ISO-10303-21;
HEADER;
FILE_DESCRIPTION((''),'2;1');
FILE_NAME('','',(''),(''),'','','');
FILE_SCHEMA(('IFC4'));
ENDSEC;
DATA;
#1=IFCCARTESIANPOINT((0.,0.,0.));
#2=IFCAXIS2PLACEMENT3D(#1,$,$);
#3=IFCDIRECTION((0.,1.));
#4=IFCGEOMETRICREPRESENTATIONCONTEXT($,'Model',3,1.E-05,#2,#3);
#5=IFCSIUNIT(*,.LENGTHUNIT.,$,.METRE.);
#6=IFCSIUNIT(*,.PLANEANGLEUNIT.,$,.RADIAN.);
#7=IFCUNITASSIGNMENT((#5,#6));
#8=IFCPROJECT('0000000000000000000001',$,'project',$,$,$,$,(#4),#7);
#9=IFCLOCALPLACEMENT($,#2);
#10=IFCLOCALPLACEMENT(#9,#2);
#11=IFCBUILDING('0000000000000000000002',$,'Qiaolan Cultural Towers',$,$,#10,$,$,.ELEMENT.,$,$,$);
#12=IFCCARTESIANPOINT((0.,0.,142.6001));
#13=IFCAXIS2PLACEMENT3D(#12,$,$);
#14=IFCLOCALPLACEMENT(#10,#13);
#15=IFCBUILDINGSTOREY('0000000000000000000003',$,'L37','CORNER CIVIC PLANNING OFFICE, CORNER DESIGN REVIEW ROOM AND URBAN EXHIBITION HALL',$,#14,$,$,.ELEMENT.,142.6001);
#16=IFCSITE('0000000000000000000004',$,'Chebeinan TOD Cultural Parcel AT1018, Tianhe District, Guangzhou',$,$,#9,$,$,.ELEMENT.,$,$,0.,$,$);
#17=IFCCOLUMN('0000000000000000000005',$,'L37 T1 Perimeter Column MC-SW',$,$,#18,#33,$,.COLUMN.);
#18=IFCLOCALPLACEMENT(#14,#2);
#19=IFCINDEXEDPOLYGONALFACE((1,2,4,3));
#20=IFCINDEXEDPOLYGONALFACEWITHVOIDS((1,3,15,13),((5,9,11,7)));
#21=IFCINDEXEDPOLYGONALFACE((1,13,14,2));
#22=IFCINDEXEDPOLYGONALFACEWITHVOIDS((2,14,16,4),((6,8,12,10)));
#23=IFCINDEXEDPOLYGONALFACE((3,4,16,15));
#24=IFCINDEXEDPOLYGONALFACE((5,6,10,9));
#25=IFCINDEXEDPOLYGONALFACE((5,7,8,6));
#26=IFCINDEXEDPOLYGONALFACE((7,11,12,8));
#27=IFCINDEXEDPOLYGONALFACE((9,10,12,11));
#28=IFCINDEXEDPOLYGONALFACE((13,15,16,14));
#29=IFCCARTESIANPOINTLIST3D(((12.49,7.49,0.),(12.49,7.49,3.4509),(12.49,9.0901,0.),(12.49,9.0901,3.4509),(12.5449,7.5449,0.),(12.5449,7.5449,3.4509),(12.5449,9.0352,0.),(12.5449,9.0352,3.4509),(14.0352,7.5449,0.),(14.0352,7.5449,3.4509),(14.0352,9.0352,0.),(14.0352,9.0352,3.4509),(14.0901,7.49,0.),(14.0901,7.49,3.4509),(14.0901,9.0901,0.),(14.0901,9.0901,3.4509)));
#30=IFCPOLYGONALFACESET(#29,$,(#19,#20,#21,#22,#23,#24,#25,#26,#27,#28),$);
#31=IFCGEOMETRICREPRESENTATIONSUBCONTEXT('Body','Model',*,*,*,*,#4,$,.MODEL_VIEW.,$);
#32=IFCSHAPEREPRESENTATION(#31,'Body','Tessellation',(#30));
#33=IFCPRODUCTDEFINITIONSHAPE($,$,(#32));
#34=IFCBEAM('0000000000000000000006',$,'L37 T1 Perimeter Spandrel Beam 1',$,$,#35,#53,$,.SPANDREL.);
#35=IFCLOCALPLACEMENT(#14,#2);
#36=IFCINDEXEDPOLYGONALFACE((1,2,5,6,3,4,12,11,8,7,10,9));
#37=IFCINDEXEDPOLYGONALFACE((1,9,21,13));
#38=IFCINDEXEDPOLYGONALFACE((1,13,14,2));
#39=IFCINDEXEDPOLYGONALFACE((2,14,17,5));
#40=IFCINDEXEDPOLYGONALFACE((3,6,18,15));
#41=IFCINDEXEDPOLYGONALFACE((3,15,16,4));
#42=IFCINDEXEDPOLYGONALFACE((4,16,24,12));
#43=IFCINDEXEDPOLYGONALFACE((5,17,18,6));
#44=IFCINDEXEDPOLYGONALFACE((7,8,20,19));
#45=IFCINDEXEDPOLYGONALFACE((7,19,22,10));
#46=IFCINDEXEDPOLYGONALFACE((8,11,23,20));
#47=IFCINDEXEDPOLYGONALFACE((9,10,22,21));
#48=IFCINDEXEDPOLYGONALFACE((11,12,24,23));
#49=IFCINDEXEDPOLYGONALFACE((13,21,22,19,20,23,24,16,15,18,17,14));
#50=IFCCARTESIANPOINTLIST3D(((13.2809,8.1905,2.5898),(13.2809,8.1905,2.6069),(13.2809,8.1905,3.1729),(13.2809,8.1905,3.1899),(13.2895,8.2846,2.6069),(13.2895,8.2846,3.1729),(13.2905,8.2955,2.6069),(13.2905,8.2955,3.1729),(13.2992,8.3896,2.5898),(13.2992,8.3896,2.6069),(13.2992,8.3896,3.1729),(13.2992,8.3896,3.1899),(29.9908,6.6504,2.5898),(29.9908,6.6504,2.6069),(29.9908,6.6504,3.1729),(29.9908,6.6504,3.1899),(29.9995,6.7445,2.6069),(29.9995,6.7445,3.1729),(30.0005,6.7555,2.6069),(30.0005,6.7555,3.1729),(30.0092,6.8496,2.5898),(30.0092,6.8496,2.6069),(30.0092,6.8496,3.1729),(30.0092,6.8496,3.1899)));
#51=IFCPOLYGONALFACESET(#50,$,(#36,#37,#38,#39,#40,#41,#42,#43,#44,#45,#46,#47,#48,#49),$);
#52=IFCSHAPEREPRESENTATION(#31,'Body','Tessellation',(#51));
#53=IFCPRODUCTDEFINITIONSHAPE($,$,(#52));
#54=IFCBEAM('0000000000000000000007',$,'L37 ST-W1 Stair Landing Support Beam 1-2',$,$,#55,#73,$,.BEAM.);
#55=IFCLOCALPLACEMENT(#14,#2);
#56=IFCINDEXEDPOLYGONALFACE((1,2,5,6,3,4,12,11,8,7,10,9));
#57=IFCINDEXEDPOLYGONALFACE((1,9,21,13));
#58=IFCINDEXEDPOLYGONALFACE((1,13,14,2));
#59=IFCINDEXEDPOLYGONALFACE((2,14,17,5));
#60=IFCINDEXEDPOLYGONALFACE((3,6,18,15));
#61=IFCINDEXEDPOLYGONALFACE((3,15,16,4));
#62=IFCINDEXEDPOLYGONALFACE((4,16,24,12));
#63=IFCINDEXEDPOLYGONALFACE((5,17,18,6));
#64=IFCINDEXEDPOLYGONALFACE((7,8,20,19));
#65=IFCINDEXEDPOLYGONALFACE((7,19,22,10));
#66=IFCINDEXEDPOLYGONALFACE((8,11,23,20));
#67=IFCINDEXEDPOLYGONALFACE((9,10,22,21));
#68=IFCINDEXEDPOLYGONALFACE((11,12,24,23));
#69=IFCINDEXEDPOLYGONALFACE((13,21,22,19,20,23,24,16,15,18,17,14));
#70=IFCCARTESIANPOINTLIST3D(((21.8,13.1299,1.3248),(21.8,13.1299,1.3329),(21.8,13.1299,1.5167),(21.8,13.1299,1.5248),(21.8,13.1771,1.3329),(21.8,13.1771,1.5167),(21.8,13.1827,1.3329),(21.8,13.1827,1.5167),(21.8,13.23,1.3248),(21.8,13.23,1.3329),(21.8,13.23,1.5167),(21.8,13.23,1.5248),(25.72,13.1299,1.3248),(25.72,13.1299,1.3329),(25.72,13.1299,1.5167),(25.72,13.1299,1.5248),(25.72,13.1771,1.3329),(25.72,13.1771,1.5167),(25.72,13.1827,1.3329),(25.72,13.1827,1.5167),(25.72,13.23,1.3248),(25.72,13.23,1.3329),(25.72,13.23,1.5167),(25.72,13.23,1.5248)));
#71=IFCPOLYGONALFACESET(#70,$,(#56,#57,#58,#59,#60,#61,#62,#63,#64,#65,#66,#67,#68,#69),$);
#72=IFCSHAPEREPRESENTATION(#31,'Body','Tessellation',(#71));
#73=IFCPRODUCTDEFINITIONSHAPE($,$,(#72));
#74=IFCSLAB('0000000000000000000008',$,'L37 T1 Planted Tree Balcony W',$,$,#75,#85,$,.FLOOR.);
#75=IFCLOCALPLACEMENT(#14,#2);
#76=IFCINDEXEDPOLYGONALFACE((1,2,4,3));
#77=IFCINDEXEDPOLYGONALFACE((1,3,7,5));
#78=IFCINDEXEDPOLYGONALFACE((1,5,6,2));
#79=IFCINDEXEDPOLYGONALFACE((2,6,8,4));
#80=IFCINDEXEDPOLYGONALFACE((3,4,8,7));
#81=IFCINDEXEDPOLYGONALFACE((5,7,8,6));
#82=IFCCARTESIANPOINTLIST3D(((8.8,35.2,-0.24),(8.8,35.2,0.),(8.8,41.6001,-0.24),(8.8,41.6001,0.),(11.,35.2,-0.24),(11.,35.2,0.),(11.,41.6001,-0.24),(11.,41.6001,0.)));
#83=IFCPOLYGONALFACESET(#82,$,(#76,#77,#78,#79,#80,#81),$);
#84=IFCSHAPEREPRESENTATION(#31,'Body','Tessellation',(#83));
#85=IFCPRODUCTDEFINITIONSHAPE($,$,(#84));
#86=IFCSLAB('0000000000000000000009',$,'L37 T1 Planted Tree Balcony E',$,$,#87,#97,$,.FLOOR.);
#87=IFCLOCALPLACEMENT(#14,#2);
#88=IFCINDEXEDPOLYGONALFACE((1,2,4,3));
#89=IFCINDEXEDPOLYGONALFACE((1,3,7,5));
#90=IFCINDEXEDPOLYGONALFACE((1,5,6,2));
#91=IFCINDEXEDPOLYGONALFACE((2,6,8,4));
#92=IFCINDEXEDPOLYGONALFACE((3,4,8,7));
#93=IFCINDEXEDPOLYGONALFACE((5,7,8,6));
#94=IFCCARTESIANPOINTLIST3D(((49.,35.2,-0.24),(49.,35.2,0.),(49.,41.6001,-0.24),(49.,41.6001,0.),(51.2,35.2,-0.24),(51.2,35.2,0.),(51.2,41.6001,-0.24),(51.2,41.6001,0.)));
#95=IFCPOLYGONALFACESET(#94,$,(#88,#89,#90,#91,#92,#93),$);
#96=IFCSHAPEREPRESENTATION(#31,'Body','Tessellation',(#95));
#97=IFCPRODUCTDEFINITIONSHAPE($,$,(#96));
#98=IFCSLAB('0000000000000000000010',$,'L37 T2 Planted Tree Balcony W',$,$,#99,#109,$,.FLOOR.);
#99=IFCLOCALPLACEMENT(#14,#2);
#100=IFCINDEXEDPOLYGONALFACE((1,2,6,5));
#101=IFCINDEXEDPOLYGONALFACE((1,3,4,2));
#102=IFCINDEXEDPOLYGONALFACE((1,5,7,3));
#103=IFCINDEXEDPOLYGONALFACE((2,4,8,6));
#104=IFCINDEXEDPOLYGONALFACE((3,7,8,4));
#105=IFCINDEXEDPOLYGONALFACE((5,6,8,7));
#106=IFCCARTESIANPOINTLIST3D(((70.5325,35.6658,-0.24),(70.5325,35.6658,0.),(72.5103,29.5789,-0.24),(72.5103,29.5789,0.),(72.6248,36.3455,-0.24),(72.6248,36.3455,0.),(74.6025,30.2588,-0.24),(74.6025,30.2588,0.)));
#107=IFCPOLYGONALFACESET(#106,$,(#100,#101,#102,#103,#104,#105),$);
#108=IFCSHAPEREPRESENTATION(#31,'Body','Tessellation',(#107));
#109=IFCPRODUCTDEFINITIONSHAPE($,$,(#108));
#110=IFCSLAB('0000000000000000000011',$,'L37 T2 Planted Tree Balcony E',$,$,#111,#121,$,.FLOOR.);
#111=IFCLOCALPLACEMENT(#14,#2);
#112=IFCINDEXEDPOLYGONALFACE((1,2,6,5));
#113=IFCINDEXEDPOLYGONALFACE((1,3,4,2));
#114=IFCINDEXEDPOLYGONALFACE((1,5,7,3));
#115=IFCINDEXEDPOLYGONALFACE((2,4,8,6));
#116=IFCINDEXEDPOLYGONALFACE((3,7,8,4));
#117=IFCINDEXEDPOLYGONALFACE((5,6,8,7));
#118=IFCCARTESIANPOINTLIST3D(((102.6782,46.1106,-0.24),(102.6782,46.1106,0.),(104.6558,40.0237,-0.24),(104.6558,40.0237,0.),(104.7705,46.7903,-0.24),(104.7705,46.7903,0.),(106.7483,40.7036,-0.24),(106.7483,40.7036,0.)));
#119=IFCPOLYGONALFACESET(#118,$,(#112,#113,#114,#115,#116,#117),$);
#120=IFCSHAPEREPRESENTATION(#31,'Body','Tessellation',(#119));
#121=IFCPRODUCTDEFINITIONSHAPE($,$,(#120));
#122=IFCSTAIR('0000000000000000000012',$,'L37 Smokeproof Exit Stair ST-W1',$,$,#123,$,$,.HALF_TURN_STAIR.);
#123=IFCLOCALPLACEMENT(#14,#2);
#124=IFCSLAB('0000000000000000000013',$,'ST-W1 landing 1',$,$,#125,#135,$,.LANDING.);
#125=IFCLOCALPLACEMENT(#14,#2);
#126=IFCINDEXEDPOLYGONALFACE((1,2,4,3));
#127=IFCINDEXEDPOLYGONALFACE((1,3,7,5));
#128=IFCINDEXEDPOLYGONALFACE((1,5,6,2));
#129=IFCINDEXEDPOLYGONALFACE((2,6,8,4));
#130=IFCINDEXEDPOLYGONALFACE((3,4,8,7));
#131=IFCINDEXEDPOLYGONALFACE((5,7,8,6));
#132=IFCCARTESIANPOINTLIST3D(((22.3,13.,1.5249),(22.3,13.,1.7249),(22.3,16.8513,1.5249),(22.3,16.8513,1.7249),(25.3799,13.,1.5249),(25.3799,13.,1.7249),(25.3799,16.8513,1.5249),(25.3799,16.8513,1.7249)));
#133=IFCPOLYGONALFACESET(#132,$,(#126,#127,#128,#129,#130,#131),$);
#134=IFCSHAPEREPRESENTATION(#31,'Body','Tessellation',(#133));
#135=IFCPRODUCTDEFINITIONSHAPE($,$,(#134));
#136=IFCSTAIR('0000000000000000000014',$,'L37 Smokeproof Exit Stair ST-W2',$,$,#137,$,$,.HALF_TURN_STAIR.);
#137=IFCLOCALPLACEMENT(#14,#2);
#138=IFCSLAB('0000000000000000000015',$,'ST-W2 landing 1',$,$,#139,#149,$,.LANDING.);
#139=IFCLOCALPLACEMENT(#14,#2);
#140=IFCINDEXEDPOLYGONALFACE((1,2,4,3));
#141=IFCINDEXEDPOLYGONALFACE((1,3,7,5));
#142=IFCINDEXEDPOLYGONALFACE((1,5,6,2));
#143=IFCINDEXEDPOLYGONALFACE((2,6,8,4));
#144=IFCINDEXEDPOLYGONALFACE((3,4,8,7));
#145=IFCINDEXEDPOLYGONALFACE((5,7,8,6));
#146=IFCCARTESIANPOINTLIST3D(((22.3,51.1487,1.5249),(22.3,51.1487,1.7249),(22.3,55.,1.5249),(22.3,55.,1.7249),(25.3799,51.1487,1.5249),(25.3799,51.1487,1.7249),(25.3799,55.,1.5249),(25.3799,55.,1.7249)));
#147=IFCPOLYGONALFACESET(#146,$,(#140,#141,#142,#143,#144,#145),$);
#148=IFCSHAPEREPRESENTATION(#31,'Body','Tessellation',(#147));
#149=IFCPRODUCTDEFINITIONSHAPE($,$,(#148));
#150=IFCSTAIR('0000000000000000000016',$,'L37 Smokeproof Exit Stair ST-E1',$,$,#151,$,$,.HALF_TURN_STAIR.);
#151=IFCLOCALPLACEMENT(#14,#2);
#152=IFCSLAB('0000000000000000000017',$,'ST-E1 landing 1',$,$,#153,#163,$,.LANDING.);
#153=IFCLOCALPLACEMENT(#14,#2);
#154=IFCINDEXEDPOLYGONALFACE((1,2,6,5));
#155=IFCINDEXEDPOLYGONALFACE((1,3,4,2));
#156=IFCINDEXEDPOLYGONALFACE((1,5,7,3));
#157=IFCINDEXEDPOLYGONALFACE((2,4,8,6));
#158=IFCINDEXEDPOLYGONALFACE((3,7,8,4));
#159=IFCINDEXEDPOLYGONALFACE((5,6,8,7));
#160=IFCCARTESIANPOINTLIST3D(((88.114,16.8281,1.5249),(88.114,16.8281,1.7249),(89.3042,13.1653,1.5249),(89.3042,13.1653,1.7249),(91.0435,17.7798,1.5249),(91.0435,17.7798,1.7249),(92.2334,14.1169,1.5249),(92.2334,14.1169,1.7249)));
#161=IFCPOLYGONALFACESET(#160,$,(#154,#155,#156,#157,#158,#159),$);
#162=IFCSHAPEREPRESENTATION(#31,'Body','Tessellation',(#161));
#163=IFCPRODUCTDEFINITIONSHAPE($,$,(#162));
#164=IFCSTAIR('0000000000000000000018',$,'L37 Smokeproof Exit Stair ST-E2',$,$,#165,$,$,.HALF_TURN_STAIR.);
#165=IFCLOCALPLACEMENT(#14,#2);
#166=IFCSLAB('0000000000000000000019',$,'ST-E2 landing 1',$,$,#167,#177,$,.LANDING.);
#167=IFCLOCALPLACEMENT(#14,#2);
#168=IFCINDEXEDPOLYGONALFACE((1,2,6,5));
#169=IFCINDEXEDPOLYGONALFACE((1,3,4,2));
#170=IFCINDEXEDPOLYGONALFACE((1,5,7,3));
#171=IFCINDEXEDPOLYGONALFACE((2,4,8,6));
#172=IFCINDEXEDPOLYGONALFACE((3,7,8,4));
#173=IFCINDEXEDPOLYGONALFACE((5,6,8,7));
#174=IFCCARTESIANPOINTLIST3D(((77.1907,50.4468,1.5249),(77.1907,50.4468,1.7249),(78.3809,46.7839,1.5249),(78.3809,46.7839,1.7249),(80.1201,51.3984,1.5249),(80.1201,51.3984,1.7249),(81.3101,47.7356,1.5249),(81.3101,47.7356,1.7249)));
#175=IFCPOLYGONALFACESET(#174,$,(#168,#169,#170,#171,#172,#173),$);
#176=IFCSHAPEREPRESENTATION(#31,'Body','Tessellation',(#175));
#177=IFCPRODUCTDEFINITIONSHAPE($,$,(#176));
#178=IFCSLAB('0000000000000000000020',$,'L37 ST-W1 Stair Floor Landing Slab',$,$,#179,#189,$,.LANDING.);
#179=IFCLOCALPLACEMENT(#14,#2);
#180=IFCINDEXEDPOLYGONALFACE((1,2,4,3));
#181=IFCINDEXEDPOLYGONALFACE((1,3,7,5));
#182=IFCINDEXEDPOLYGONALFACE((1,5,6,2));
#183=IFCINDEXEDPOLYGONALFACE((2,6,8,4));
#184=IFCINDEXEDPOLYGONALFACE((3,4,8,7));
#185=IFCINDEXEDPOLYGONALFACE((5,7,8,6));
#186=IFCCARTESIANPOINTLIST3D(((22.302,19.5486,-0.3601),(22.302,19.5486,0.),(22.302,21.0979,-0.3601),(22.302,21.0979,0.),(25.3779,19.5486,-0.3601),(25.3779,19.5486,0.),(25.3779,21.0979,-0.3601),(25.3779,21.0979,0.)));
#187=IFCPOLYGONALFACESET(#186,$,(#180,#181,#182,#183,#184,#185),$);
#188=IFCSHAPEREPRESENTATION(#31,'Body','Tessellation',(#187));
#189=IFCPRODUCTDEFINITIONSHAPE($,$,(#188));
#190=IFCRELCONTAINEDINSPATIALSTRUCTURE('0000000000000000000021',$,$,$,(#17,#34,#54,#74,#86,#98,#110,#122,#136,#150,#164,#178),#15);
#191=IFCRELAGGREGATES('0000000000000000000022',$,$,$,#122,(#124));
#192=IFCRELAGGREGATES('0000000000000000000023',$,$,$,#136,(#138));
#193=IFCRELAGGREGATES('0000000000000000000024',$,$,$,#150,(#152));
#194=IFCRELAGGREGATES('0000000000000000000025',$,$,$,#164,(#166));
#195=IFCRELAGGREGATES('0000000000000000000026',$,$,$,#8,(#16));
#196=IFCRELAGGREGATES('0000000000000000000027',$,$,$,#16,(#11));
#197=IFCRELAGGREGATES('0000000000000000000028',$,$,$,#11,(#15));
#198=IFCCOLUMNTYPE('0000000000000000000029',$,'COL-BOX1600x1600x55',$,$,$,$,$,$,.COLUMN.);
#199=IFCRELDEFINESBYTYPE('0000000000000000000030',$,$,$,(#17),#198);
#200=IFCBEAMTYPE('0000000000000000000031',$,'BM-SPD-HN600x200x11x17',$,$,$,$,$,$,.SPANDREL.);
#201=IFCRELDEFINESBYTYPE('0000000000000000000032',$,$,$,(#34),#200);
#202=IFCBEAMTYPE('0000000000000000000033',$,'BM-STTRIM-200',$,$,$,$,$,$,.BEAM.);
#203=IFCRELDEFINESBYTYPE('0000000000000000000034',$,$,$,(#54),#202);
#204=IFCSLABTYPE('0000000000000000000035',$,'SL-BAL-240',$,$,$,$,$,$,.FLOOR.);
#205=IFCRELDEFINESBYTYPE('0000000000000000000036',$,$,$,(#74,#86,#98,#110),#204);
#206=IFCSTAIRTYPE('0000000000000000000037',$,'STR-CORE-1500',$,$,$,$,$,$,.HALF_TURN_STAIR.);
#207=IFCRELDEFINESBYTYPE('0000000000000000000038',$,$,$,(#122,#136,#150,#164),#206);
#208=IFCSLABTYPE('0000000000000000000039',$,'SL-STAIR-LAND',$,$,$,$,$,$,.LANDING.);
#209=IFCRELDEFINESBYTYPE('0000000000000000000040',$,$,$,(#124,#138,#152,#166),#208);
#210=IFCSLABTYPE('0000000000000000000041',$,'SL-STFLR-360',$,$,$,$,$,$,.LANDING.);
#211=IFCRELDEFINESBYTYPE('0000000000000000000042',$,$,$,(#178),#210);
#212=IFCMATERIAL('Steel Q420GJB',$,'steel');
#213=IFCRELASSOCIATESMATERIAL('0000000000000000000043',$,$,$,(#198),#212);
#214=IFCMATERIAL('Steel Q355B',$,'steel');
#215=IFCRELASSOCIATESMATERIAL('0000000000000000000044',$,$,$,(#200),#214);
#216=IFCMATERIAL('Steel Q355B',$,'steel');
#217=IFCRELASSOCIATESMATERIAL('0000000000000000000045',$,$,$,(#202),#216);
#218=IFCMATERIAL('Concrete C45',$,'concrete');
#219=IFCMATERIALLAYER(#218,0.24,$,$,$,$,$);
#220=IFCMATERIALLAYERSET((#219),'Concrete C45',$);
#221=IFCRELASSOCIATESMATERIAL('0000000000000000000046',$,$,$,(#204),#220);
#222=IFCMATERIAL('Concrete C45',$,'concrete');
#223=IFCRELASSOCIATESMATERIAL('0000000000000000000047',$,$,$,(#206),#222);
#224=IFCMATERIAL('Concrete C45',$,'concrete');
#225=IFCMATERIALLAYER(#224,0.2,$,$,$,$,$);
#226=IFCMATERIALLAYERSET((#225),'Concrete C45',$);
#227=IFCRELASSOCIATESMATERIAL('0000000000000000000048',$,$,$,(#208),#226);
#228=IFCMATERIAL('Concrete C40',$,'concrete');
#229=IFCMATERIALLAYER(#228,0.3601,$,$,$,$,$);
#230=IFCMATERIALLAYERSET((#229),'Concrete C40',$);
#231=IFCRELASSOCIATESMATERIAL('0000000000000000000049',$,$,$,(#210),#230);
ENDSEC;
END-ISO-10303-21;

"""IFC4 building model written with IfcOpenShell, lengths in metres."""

from ifc_helpers import new_model, si_unit, direction, frame, origin, origin_2d, place, context, subcontext, project, spatial, polyline, hollow_rectangle, i_section, outline, extrude, material, layer, layer_set, material_profile, profile_set, type_object, element, aggregate, save


model = new_model("IFC4")

# Units and contexts
model_context = context("Model", 3, precision=1e-05, world=origin(), true_north=direction((0.0, 1.0)))
body_context = subcontext(model_context, "Body", "Model", "MODEL_VIEW")
ifc_project = project(units=[si_unit("LENGTHUNIT", "METRE"), si_unit("PLANEANGLEUNIT", "RADIAN")], contexts=[model_context])

# Site, building, storey
site_placement = place(None, origin())
site = spatial("IfcSite", under=ifc_project, at=site_placement, Name="Chebeinan TOD Cultural Parcel AT1018, Tianhe District, Guangzhou", CompositionType="ELEMENT", RefElevation=0.0)
building_placement = place(site_placement, origin())
building = spatial("IfcBuilding", under=site, at=building_placement, Name="Qiaolan Cultural Towers", CompositionType="ELEMENT")
storey_placement = place(building_placement, frame((0.0, 0.0, 142.6001)))
storey = spatial("IfcBuildingStorey", under=building, at=storey_placement, Name="L37", Description="CORNER CIVIC PLANNING OFFICE, CORNER DESIGN REVIEW ROOM AND URBAN EXHIBITION HALL", CompositionType="ELEMENT", Elevation=142.6001)

# Column
ifc_material_1 = material(Name="Steel Q420GJB", Category="steel")
ifc_material_profile_1 = material_profile(ifc_material_1, hollow_rectangle(XDim=1.6001, YDim=1.6001, WallThickness=0.0549, at=origin_2d()), Name="BOX1600x1600x55")
ifc_profile_set_1 = profile_set([ifc_material_profile_1], Name="Steel Q420GJB")
column_type = type_object("IfcColumnType", Name="COL-BOX1600x1600x55", PredefinedType="COLUMN", material=ifc_profile_set_1)
column_placement = place(storey_placement, frame((13.29, 8.29, 0.0), z_axis=(0.0, 0.0, 1.0), x_axis=(1.0, 0.0, 0.0)))
element("IfcColumn", 1, at=column_placement, inside=storey, type_object=column_type, Name="L37 T1 Perimeter Column MC-SW", PredefinedType="COLUMN", context=body_context, shape_type="SweptSolid", body=[
    extrude(hollow_rectangle(XDim=1.6001, YDim=1.6001, WallThickness=0.0549, at=origin_2d()), origin(), (0.0, 0.0, 1.0), 3.4509),
])

# Beams
ifc_material_2 = material(Name="Steel Q355B", Category="steel")
ifc_material_profile_2 = material_profile(ifc_material_2, i_section(OverallWidth=0.2, OverallDepth=0.6001, WebThickness=0.011, FlangeThickness=0.0171, at=origin_2d()), Name="HN600x200x11x17")
ifc_profile_set_2 = profile_set([ifc_material_profile_2], Name="Steel Q355B")
beam_type_1 = type_object("IfcBeamType", Name="BM-SPD-HN600x200x11x17", PredefinedType="SPANDREL", material=ifc_profile_set_2)
beam_1_placement = place(storey_placement, frame((13.29, 8.29, 2.8899), z_axis=(0.99578, -0.091774, 0.0), x_axis=(0.091774, 0.99578, 0.0)))
element("IfcBeam", 2, at=beam_1_placement, inside=storey, type_object=beam_type_1, Name="L37 T1 Perimeter Spandrel Beam 1", PredefinedType="SPANDREL", context=body_context, shape_type="SweptSolid", body=[
    extrude(i_section(OverallWidth=0.2, OverallDepth=0.6001, WebThickness=0.011, FlangeThickness=0.0171, at=origin_2d()), origin(), (0.0, 0.0, 1.0), 16.7808),
])
ifc_material_3 = material(Name="Steel Q355B", Category="steel")
ifc_material_profile_3 = material_profile(ifc_material_3, i_section(OverallWidth=0.1001, OverallDepth=0.2, WebThickness=0.0056, FlangeThickness=0.0081, at=origin_2d()), Name="HN200x100x5.5x8")
ifc_profile_set_3 = profile_set([ifc_material_profile_3], Name="Steel Q355B")
beam_type_2 = type_object("IfcBeamType", Name="BM-STTRIM-200", PredefinedType="BEAM", material=ifc_profile_set_3)
beam_2_placement = place(storey_placement, frame((21.8, 13.1799, 1.4248), z_axis=(1.0, 0.0, 0.0), x_axis=(0.0, 1.0, 0.0)))
element("IfcBeam", 3, at=beam_2_placement, inside=storey, type_object=beam_type_2, Name="L37 ST-W1 Stair Landing Support Beam 1-2", PredefinedType="BEAM", context=body_context, shape_type="SweptSolid", body=[
    extrude(i_section(OverallWidth=0.1001, OverallDepth=0.2, WebThickness=0.0056, FlangeThickness=0.0081, at=origin_2d()), origin(), (0.0, 0.0, 1.0), 3.9199),
])

# Slabs
ifc_material_4 = material(Name="Concrete C45", Category="concrete")
ifc_layer_1 = layer(ifc_material_4, 0.24)
ifc_layer_set_1 = layer_set([ifc_layer_1], Name="Concrete C45")
slab_type_1 = type_object("IfcSlabType", Name="SL-BAL-240", PredefinedType="FLOOR", material=ifc_layer_set_1)
slab_1_placement = place(storey_placement, frame((0.0, 0.0, -0.24)))
element("IfcSlab", 4, at=slab_1_placement, inside=storey, type_object=slab_type_1, Name="L37 T1 Planted Tree Balcony W", PredefinedType="FLOOR", context=body_context, shape_type="SweptSolid", body=[
    extrude(outline(polyline([(8.8, 35.2), (11.0, 35.2), (11.0, 41.6001), (8.8, 41.6001), (8.8, 35.2)])), origin(), (0.0, 0.0, 1.0), 0.24),
])
slab_2_placement = place(storey_placement, frame((0.0, 0.0, -0.24)))
element("IfcSlab", 5, at=slab_2_placement, inside=storey, type_object=slab_type_1, Name="L37 T1 Planted Tree Balcony E", PredefinedType="FLOOR", context=body_context, shape_type="SweptSolid", body=[
    extrude(outline(polyline([(49.0, 35.2), (51.2, 35.2), (51.2, 41.6001), (49.0, 41.6001), (49.0, 35.2)])), origin(), (0.0, 0.0, 1.0), 0.24),
])
slab_3_placement = place(storey_placement, frame((0.0, 0.0, -0.24)))
element("IfcSlab", 6, at=slab_3_placement, inside=storey, type_object=slab_type_1, Name="L37 T2 Planted Tree Balcony W", PredefinedType="FLOOR", context=body_context, shape_type="SweptSolid", body=[
    extrude(outline(polyline([(72.5103, 29.5789), (74.6025, 30.2588), (72.6248, 36.3455), (70.5325, 35.6658), (72.5103, 29.5789)])), origin(), (0.0, 0.0, 1.0), 0.24),
])
slab_4_placement = place(storey_placement, frame((0.0, 0.0, -0.24)))
element("IfcSlab", 7, at=slab_4_placement, inside=storey, type_object=slab_type_1, Name="L37 T2 Planted Tree Balcony E", PredefinedType="FLOOR", context=body_context, shape_type="SweptSolid", body=[
    extrude(outline(polyline([(104.6558, 40.0237), (106.7483, 40.7036), (104.7705, 46.7903), (102.6782, 46.1106), (104.6558, 40.0237)])), origin(), (0.0, 0.0, 1.0), 0.24),
])

# Stairs, slabs
ifc_material_5 = material(Name="Concrete C45", Category="concrete")
stair_type = type_object("IfcStairType", Name="STR-CORE-1500", PredefinedType="HALF_TURN_STAIR", material=ifc_material_5)
stair_1_placement = place(storey_placement, origin())
stair_1 = element("IfcStair", 8, at=stair_1_placement, inside=storey, type_object=stair_type, Name="L37 Smokeproof Exit Stair ST-W1", PredefinedType="HALF_TURN_STAIR")
ifc_material_6 = material(Name="Concrete C45", Category="concrete")
ifc_layer_2 = layer(ifc_material_6, 0.2)
ifc_layer_set_2 = layer_set([ifc_layer_2], Name="Concrete C45")
slab_type_2 = type_object("IfcSlabType", Name="SL-STAIR-LAND", PredefinedType="LANDING", material=ifc_layer_set_2)
slab_5_placement = place(storey_placement, frame((0.0, 0.0, 1.5249)))
slab_5 = element("IfcSlab", 9, at=slab_5_placement, type_object=slab_type_2, Name="ST-W1 landing 1", PredefinedType="LANDING", context=body_context, shape_type="SweptSolid", body=[
    extrude(outline(polyline([(22.3, 16.8513), (22.3, 13.0), (25.3799, 13.0), (25.3799, 16.8513), (22.3, 16.8513)])), origin(), (0.0, 0.0, 1.0), 0.2),
])
aggregate(stair_1, [slab_5])
stair_2_placement = place(storey_placement, origin())
stair_2 = element("IfcStair", 10, at=stair_2_placement, inside=storey, type_object=stair_type, Name="L37 Smokeproof Exit Stair ST-W2", PredefinedType="HALF_TURN_STAIR")
slab_6_placement = place(storey_placement, frame((0.0, 0.0, 1.5249)))
slab_6 = element("IfcSlab", 11, at=slab_6_placement, type_object=slab_type_2, Name="ST-W2 landing 1", PredefinedType="LANDING", context=body_context, shape_type="SweptSolid", body=[
    extrude(outline(polyline([(25.3799, 51.1487), (25.3799, 55.0), (22.3, 55.0), (22.3, 51.1487), (25.3799, 51.1487)])), origin(), (0.0, 0.0, 1.0), 0.2),
])
aggregate(stair_2, [slab_6])
stair_3_placement = place(storey_placement, origin())
stair_3 = element("IfcStair", 12, at=stair_3_placement, inside=storey, type_object=stair_type, Name="L37 Smokeproof Exit Stair ST-E1", PredefinedType="HALF_TURN_STAIR")
slab_7_placement = place(storey_placement, frame((0.0, 0.0, 1.5249)))
slab_7 = element("IfcSlab", 13, at=slab_7_placement, type_object=slab_type_2, Name="ST-E1 landing 1", PredefinedType="LANDING", context=body_context, shape_type="SweptSolid", body=[
    extrude(outline(polyline([(88.114, 16.8281), (89.3042, 13.1653), (92.2334, 14.1169), (91.0435, 17.7798), (88.114, 16.8281)])), origin(), (0.0, 0.0, 1.0), 0.2),
])
aggregate(stair_3, [slab_7])
stair_4_placement = place(storey_placement, origin())
stair_4 = element("IfcStair", 14, at=stair_4_placement, inside=storey, type_object=stair_type, Name="L37 Smokeproof Exit Stair ST-E2", PredefinedType="HALF_TURN_STAIR")
slab_8_placement = place(storey_placement, frame((0.0, 0.0, 1.5249)))
slab_8 = element("IfcSlab", 15, at=slab_8_placement, type_object=slab_type_2, Name="ST-E2 landing 1", PredefinedType="LANDING", context=body_context, shape_type="SweptSolid", body=[
    extrude(outline(polyline([(81.3101, 47.7356), (80.1201, 51.3984), (77.1907, 50.4468), (78.3809, 46.7839), (81.3101, 47.7356)])), origin(), (0.0, 0.0, 1.0), 0.2),
])
aggregate(stair_4, [slab_8])

# Slab
ifc_material_7 = material(Name="Concrete C40", Category="concrete")
ifc_layer_3 = layer(ifc_material_7, 0.3601)
ifc_layer_set_3 = layer_set([ifc_layer_3], Name="Concrete C40")
slab_type_3 = type_object("IfcSlabType", Name="SL-STFLR-360", PredefinedType="LANDING", material=ifc_layer_set_3)
slab_9_placement = place(storey_placement, frame((0.0, 0.0, -0.3601)))
element("IfcSlab", 16, at=slab_9_placement, inside=storey, type_object=slab_type_3, Name="L37 ST-W1 Stair Floor Landing Slab", PredefinedType="LANDING", context=body_context, shape_type="SweptSolid", body=[
    extrude(outline(polyline([(22.302, 21.0979), (22.302, 19.5486), (25.3779, 19.5486), (25.3779, 21.0979), (22.302, 21.0979)])), origin(), (0.0, 0.0, 1.0), 0.3601),
])

save(model, "model.ifc")
